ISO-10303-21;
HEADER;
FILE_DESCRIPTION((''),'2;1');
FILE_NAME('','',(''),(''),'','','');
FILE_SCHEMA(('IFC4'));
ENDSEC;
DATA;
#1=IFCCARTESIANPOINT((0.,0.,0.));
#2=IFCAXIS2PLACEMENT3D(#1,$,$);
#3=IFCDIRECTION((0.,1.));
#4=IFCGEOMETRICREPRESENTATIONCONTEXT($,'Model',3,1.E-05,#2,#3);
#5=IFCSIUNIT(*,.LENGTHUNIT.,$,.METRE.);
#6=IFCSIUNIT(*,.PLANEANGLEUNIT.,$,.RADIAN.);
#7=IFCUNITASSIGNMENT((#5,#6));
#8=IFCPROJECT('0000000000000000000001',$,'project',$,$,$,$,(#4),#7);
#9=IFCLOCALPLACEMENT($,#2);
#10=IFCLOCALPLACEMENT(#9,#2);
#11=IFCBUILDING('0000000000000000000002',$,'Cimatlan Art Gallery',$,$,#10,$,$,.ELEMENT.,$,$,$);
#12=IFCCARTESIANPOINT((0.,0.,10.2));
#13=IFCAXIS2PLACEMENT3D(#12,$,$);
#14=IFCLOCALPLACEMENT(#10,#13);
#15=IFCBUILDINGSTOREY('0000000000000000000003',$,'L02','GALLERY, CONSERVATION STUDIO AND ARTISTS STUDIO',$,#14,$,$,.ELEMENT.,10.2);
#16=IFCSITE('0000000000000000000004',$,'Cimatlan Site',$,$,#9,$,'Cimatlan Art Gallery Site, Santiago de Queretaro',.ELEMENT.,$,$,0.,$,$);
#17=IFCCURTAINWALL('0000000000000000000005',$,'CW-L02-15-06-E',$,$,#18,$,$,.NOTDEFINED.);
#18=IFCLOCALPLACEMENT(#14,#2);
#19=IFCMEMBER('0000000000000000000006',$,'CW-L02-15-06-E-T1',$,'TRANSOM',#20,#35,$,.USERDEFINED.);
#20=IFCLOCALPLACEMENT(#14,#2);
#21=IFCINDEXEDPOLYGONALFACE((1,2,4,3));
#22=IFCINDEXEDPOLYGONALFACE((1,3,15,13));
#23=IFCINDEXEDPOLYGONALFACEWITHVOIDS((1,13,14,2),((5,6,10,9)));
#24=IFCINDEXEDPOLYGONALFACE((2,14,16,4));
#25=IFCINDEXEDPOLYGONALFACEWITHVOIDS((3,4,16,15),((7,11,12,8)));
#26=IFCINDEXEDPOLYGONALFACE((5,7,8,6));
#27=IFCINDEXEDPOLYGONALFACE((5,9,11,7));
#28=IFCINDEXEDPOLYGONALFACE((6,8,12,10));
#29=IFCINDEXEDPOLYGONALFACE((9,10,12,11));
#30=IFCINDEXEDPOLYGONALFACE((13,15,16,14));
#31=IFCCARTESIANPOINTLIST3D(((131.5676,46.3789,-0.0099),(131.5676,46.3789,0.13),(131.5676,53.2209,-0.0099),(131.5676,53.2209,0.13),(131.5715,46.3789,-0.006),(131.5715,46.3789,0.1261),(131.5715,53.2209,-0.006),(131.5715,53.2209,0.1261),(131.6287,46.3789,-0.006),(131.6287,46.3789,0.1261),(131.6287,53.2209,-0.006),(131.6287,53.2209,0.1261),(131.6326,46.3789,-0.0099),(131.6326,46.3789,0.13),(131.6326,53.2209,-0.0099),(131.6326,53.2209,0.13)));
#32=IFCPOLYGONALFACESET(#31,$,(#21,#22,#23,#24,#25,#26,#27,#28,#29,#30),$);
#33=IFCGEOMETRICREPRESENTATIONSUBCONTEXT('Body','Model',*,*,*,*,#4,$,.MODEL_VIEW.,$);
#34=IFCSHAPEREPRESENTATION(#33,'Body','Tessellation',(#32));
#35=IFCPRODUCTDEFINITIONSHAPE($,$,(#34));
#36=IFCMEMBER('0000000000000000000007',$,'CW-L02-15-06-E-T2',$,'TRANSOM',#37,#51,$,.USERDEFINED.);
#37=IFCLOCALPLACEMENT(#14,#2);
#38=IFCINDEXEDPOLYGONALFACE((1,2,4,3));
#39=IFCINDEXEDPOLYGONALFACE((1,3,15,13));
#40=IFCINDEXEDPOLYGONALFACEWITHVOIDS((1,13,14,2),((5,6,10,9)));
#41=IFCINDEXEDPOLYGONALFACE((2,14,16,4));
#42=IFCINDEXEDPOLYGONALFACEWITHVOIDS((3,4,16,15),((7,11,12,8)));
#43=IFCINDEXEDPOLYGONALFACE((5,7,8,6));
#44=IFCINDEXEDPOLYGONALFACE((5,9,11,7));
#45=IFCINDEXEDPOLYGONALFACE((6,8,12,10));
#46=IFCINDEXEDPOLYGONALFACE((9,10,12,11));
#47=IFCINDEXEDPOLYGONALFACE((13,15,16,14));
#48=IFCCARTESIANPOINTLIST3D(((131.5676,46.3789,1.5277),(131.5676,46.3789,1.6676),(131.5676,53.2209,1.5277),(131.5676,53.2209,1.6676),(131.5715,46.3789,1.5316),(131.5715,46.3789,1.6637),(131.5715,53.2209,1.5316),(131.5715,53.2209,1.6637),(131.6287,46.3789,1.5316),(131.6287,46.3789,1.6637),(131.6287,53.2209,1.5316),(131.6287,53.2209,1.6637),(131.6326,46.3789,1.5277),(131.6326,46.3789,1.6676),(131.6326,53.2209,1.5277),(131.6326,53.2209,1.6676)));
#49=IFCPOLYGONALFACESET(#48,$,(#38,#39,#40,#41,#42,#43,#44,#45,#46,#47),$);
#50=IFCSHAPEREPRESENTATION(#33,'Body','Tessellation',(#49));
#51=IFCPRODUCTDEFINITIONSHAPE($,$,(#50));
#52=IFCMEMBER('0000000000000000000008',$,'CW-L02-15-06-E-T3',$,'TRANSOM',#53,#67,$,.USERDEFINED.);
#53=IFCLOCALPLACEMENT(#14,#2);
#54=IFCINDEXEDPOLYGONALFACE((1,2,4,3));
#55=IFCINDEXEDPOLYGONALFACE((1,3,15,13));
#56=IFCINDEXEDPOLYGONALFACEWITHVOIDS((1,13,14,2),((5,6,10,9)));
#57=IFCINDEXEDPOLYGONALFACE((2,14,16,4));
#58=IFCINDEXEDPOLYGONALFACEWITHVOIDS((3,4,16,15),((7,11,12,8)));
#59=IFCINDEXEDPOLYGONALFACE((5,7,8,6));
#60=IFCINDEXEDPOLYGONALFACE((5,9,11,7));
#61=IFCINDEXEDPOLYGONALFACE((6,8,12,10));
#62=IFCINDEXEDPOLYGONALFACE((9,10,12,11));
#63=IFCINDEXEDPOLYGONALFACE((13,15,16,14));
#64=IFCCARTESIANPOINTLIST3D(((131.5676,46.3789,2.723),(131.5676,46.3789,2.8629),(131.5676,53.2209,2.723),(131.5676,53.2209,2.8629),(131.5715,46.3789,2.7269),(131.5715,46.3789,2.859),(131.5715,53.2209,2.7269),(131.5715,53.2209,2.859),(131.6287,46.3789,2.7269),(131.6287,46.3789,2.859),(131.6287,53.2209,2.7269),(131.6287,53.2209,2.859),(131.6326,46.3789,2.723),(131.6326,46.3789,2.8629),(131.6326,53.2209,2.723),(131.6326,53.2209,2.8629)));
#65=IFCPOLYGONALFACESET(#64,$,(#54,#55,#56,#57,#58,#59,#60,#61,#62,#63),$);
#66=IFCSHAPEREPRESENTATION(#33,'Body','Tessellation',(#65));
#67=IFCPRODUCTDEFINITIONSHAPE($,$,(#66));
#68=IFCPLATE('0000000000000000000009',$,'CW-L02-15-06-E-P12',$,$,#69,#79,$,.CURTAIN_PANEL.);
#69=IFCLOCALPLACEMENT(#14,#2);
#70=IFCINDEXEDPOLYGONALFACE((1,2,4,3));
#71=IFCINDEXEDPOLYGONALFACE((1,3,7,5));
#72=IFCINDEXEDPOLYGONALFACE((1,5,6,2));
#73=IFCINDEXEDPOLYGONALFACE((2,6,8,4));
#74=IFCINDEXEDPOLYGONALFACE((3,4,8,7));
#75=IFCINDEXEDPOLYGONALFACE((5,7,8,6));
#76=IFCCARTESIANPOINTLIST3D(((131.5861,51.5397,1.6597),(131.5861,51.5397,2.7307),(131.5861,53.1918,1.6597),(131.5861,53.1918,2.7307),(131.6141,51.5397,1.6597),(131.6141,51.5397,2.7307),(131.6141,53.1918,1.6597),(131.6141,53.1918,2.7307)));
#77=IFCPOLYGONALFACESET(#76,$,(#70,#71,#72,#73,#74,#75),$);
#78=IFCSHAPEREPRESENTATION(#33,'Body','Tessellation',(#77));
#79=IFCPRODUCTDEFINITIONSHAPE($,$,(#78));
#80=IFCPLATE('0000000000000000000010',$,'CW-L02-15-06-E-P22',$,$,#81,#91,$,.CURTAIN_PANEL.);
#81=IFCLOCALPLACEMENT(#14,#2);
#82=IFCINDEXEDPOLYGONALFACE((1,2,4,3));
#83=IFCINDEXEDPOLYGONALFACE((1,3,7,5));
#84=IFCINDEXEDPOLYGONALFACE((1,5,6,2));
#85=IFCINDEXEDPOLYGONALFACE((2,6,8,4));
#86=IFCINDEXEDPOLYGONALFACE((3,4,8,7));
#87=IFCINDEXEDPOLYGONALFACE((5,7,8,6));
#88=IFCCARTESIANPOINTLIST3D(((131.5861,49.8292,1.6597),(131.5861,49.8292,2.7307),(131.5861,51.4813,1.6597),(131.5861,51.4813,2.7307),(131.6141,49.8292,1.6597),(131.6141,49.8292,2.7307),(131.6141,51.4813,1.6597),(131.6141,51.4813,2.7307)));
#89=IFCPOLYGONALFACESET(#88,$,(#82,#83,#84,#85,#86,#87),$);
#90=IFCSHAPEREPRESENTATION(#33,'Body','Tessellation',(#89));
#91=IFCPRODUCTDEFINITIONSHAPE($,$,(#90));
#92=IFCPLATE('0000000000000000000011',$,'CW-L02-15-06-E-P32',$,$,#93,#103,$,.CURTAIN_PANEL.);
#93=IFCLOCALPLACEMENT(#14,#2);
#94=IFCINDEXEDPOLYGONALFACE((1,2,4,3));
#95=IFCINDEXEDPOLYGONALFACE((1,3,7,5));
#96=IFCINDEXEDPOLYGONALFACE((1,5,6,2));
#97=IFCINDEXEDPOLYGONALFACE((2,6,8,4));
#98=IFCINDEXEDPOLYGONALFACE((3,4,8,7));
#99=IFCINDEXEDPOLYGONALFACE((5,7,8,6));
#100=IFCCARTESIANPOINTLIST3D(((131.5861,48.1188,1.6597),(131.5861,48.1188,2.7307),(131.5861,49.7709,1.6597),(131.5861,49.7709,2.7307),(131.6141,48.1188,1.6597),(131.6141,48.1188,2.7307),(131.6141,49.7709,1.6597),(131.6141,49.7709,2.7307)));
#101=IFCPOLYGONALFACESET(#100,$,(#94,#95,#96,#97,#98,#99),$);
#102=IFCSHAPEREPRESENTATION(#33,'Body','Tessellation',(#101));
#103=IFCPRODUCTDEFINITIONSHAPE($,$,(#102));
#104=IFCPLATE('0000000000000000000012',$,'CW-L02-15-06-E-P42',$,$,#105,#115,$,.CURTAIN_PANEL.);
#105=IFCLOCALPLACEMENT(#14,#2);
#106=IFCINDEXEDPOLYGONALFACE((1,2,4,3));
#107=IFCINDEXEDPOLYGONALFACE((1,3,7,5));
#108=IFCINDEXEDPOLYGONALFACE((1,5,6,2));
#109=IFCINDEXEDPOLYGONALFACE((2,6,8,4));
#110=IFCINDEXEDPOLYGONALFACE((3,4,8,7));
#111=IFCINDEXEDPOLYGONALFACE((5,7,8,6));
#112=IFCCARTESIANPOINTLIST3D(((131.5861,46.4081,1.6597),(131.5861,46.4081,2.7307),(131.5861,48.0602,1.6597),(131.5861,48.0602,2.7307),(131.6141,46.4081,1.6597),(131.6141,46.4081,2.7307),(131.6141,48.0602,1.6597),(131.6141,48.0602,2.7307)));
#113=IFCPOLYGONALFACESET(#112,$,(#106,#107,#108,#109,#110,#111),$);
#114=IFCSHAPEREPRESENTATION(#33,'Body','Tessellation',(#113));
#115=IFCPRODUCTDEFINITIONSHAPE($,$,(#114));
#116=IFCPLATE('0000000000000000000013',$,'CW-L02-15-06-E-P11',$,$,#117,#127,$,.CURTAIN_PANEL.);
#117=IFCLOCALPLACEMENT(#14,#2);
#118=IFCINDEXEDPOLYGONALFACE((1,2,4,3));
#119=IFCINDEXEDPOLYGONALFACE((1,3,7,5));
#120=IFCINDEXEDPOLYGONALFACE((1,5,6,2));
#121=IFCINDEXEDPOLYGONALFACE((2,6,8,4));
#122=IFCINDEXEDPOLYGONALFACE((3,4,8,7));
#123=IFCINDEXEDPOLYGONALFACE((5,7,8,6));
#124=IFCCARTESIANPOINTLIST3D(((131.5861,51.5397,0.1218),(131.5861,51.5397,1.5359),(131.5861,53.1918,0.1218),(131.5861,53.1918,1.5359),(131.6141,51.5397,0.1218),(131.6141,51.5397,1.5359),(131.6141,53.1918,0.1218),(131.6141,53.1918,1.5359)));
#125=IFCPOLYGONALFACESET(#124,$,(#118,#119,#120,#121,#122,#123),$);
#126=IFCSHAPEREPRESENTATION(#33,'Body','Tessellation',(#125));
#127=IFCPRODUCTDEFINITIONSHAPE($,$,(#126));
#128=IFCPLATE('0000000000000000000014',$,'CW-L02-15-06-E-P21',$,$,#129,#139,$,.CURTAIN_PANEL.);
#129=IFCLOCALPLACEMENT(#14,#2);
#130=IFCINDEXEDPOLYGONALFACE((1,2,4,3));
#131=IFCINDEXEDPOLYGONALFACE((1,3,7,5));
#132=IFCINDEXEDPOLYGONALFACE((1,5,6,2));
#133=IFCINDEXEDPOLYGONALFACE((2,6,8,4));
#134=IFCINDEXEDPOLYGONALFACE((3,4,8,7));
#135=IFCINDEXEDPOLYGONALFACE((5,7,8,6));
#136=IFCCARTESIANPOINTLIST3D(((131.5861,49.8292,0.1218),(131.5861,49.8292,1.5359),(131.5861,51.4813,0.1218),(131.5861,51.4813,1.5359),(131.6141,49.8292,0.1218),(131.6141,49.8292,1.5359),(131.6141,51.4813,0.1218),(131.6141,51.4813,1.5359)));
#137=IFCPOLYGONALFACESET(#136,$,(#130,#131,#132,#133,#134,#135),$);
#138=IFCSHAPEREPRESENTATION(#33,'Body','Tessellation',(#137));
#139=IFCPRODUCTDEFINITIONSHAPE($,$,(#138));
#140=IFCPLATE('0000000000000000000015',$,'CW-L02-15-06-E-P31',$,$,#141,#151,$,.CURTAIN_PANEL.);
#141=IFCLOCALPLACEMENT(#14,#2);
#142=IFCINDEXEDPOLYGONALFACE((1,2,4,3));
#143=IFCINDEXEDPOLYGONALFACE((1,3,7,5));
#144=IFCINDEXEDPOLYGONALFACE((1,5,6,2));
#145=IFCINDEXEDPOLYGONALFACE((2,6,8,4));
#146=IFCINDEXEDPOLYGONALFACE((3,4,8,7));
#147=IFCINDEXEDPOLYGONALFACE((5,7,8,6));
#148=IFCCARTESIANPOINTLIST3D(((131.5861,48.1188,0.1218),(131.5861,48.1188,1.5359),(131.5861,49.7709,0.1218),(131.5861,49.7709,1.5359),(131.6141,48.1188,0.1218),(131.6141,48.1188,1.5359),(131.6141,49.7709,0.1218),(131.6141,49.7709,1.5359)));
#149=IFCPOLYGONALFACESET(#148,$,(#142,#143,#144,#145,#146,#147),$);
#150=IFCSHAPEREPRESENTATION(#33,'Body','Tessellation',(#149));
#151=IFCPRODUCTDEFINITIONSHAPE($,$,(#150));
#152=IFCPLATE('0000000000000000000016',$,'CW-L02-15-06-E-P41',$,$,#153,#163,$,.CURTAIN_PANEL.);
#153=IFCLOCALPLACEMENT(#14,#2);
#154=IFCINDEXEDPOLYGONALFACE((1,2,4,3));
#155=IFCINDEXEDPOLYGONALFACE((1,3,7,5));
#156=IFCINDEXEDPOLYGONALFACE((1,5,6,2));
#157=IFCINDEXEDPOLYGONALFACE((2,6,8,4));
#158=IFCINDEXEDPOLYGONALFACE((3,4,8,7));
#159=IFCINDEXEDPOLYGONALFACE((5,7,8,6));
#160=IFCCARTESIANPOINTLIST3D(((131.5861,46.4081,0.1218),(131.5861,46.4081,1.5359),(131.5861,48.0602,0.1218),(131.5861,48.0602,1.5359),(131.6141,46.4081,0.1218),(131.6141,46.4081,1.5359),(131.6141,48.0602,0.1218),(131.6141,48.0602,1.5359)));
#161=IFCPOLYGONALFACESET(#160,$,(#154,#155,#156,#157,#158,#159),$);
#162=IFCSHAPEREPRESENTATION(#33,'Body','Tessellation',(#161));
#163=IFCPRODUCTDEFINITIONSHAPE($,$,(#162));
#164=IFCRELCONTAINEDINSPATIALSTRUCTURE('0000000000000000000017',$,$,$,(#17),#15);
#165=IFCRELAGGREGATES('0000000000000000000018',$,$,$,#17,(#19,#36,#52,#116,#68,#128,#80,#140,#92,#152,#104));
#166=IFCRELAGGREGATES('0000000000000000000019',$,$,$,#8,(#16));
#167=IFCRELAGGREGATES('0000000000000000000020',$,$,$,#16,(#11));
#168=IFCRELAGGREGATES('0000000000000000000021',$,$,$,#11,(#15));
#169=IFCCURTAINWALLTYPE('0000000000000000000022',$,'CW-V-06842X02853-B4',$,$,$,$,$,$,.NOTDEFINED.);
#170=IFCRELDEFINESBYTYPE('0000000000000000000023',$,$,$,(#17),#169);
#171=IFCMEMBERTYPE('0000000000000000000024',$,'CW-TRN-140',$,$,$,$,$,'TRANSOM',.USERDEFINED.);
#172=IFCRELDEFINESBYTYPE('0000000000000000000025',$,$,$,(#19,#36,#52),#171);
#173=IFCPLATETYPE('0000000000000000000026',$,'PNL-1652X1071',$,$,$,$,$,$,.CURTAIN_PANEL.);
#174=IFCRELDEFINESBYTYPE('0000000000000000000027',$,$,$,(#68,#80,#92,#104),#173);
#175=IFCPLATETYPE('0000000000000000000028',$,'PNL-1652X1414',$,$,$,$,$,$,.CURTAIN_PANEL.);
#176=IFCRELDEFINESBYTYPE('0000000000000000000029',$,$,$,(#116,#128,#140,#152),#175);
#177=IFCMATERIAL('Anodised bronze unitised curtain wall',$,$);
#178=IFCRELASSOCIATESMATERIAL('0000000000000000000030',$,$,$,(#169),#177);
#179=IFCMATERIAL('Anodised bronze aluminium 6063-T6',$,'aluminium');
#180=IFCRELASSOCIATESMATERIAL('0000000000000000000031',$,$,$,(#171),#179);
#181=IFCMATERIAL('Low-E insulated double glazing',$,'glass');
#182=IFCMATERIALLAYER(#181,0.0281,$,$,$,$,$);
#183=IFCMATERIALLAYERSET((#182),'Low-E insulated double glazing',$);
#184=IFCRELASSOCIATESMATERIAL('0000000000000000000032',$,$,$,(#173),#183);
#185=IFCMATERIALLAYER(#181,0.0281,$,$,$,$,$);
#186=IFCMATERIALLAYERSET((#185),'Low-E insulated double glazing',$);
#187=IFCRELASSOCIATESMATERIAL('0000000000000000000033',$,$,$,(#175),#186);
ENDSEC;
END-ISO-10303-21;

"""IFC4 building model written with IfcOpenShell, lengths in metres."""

from ifc_helpers import new_model, si_unit, direction, frame, origin, origin_2d, place, context, subcontext, project, spatial, rectangle, hollow_rectangle, extrude, material, layer, layer_set, material_profile, profile_set, type_object, element, aggregate, save


model = new_model("IFC4")

# Units and contexts
model_context = context("Model", 3, precision=1e-05, world=origin(), true_north=direction((0.0, 1.0)))
body_context = subcontext(model_context, "Body", "Model", "MODEL_VIEW")
ifc_project = project(units=[si_unit("LENGTHUNIT", "METRE"), si_unit("PLANEANGLEUNIT", "RADIAN")], contexts=[model_context])

# Site, building, storey
site_placement = place(None, origin())
site = spatial("IfcSite", under=ifc_project, at=site_placement, Name="Cimatlan Site", LongName="Cimatlan Art Gallery Site, Santiago de Queretaro", CompositionType="ELEMENT", RefElevation=0.0)
building_placement = place(site_placement, origin())
building = spatial("IfcBuilding", under=site, at=building_placement, Name="Cimatlan Art Gallery", CompositionType="ELEMENT")
storey_placement = place(building_placement, frame((0.0, 0.0, 10.2)))
storey = spatial("IfcBuildingStorey", under=building, at=storey_placement, Name="L02", Description="GALLERY, CONSERVATION STUDIO AND ARTISTS STUDIO", CompositionType="ELEMENT", Elevation=10.2)

# Curtain wall, members, plates
ifc_material_1 = material(Name="Anodised bronze unitised curtain wall")
curtain_wall_type = type_object("IfcCurtainWallType", Name="CW-V-06842X02853-B4", PredefinedType="NOTDEFINED", material=ifc_material_1)
curtain_wall_placement = place(storey_placement, origin())
curtain_wall = element("IfcCurtainWall", 1, at=curtain_wall_placement, inside=storey, type_object=curtain_wall_type, Name="CW-L02-15-06-E", PredefinedType="NOTDEFINED")
ifc_material_2 = material(Name="Anodised bronze aluminium 6063-T6", Category="aluminium")
ifc_material_profile_1 = material_profile(ifc_material_2, hollow_rectangle(XDim=0.0649, YDim=0.1399, WallThickness=0.0039, at=origin_2d()), Name="ALU65X140X4")
ifc_profile_set_1 = profile_set([ifc_material_profile_1], Name="Anodised bronze aluminium 6063-T6")
member_type_1 = type_object("IfcMemberType", Name="CW-TRN-140", ElementType="TRANSOM", PredefinedType="USERDEFINED", material=ifc_profile_set_1)
member_1_placement = place(storey_placement, frame((131.6001, 53.2209, 0.0601), z_axis=(0.0, -1.0, 0.0), x_axis=(1.0, 0.0, 0.0)))
member_1 = element("IfcMember", 2, at=member_1_placement, type_object=member_type_1, Name="CW-L02-15-06-E-T1", ObjectType="TRANSOM", PredefinedType="USERDEFINED", context=body_context, shape_type="SweptSolid", body=[
    extrude(hollow_rectangle(XDim=0.0649, YDim=0.1399, WallThickness=0.0039, at=origin_2d()), origin(), (0.0, 0.0, 1.0), 6.842),
])
member_2_placement = place(storey_placement, frame((131.6001, 53.2209, 1.5977), z_axis=(0.0, -1.0, 0.0), x_axis=(1.0, 0.0, 0.0)))
member_2 = element("IfcMember", 3, at=member_2_placement, type_object=member_type_1, Name="CW-L02-15-06-E-T2", ObjectType="TRANSOM", PredefinedType="USERDEFINED", context=body_context, shape_type="SweptSolid", body=[
    extrude(hollow_rectangle(XDim=0.0649, YDim=0.1399, WallThickness=0.0039, at=origin_2d()), origin(), (0.0, 0.0, 1.0), 6.842),
])
member_3_placement = place(storey_placement, frame((131.6001, 53.2209, 2.793), z_axis=(0.0, -1.0, 0.0), x_axis=(1.0, 0.0, 0.0)))
member_3 = element("IfcMember", 4, at=member_3_placement, type_object=member_type_1, Name="CW-L02-15-06-E-T3", ObjectType="TRANSOM", PredefinedType="USERDEFINED", context=body_context, shape_type="SweptSolid", body=[
    extrude(hollow_rectangle(XDim=0.0649, YDim=0.1399, WallThickness=0.0039, at=origin_2d()), origin(), (0.0, 0.0, 1.0), 6.842),
])
ifc_material_3 = material(Name="Low-E insulated double glazing", Category="glass")
ifc_layer_1 = layer(ifc_material_3, 0.0281)
ifc_layer_set_1 = layer_set([ifc_layer_1], Name="Low-E insulated double glazing")
plate_type_1 = type_object("IfcPlateType", Name="PNL-1652X1071", PredefinedType="CURTAIN_PANEL", material=ifc_layer_set_1)
plate_1_placement = place(storey_placement, frame((131.6001, 52.3657, 1.6597), z_axis=(0.0, 0.0, 1.0), x_axis=(0.0, -1.0, 0.0)))
plate_1 = element("IfcPlate", 5, at=plate_1_placement, type_object=plate_type_1, Name="CW-L02-15-06-E-P12", PredefinedType="CURTAIN_PANEL", context=body_context, shape_type="SweptSolid", body=[
    extrude(rectangle(XDim=1.6521, YDim=0.0281, at=origin_2d()), origin(), (0.0, 0.0, 1.0), 1.071),
])
plate_2_placement = place(storey_placement, frame((131.6001, 50.6553, 1.6597), z_axis=(0.0, 0.0, 1.0), x_axis=(0.0, -1.0, 0.0)))
plate_2 = element("IfcPlate", 6, at=plate_2_placement, type_object=plate_type_1, Name="CW-L02-15-06-E-P22", PredefinedType="CURTAIN_PANEL", context=body_context, shape_type="SweptSolid", body=[
    extrude(rectangle(XDim=1.6521, YDim=0.0281, at=origin_2d()), origin(), (0.0, 0.0, 1.0), 1.071),
])
plate_3_placement = place(storey_placement, frame((131.6001, 48.9448, 1.6597), z_axis=(0.0, 0.0, 1.0), x_axis=(0.0, -1.0, 0.0)))
plate_3 = element("IfcPlate", 7, at=plate_3_placement, type_object=plate_type_1, Name="CW-L02-15-06-E-P32", PredefinedType="CURTAIN_PANEL", context=body_context, shape_type="SweptSolid", body=[
    extrude(rectangle(XDim=1.6521, YDim=0.0281, at=origin_2d()), origin(), (0.0, 0.0, 1.0), 1.071),
])
plate_4_placement = place(storey_placement, frame((131.6001, 47.2341, 1.6597), z_axis=(0.0, 0.0, 1.0), x_axis=(0.0, -1.0, 0.0)))
plate_4 = element("IfcPlate", 8, at=plate_4_placement, type_object=plate_type_1, Name="CW-L02-15-06-E-P42", PredefinedType="CURTAIN_PANEL", context=body_context, shape_type="SweptSolid", body=[
    extrude(rectangle(XDim=1.6521, YDim=0.0281, at=origin_2d()), origin(), (0.0, 0.0, 1.0), 1.071),
])
ifc_layer_2 = layer(ifc_material_3, 0.0281)
ifc_layer_set_2 = layer_set([ifc_layer_2], Name="Low-E insulated double glazing")
plate_type_2 = type_object("IfcPlateType", Name="PNL-1652X1414", PredefinedType="CURTAIN_PANEL", material=ifc_layer_set_2)
plate_5_placement = place(storey_placement, frame((131.6001, 52.3657, 0.1218), z_axis=(0.0, 0.0, 1.0), x_axis=(0.0, -1.0, 0.0)))
plate_5 = element("IfcPlate", 9, at=plate_5_placement, type_object=plate_type_2, Name="CW-L02-15-06-E-P11", PredefinedType="CURTAIN_PANEL", context=body_context, shape_type="SweptSolid", body=[
    extrude(rectangle(XDim=1.6521, YDim=0.0281, at=origin_2d()), origin(), (0.0, 0.0, 1.0), 1.4141),
])
plate_6_placement = place(storey_placement, frame((131.6001, 50.6553, 0.1218), z_axis=(0.0, 0.0, 1.0), x_axis=(0.0, -1.0, 0.0)))
plate_6 = element("IfcPlate", 10, at=plate_6_placement, type_object=plate_type_2, Name="CW-L02-15-06-E-P21", PredefinedType="CURTAIN_PANEL", context=body_context, shape_type="SweptSolid", body=[
    extrude(rectangle(XDim=1.6521, YDim=0.0281, at=origin_2d()), origin(), (0.0, 0.0, 1.0), 1.4141),
])
plate_7_placement = place(storey_placement, frame((131.6001, 48.9448, 0.1218), z_axis=(0.0, 0.0, 1.0), x_axis=(0.0, -1.0, 0.0)))
plate_7 = element("IfcPlate", 11, at=plate_7_placement, type_object=plate_type_2, Name="CW-L02-15-06-E-P31", PredefinedType="CURTAIN_PANEL", context=body_context, shape_type="SweptSolid", body=[
    extrude(rectangle(XDim=1.6521, YDim=0.0281, at=origin_2d()), origin(), (0.0, 0.0, 1.0), 1.4141),
])
plate_8_placement = place(storey_placement, frame((131.6001, 47.2341, 0.1218), z_axis=(0.0, 0.0, 1.0), x_axis=(0.0, -1.0, 0.0)))
plate_8 = element("IfcPlate", 12, at=plate_8_placement, type_object=plate_type_2, Name="CW-L02-15-06-E-P41", PredefinedType="CURTAIN_PANEL", context=body_context, shape_type="SweptSolid", body=[
    extrude(rectangle(XDim=1.6521, YDim=0.0281, at=origin_2d()), origin(), (0.0, 0.0, 1.0), 1.4141),
])
aggregate(curtain_wall, [member_1, member_2, member_3, plate_5, plate_1, plate_6, plate_2, plate_7, plate_3, plate_8, plate_4])

save(model, "model.ifc")
